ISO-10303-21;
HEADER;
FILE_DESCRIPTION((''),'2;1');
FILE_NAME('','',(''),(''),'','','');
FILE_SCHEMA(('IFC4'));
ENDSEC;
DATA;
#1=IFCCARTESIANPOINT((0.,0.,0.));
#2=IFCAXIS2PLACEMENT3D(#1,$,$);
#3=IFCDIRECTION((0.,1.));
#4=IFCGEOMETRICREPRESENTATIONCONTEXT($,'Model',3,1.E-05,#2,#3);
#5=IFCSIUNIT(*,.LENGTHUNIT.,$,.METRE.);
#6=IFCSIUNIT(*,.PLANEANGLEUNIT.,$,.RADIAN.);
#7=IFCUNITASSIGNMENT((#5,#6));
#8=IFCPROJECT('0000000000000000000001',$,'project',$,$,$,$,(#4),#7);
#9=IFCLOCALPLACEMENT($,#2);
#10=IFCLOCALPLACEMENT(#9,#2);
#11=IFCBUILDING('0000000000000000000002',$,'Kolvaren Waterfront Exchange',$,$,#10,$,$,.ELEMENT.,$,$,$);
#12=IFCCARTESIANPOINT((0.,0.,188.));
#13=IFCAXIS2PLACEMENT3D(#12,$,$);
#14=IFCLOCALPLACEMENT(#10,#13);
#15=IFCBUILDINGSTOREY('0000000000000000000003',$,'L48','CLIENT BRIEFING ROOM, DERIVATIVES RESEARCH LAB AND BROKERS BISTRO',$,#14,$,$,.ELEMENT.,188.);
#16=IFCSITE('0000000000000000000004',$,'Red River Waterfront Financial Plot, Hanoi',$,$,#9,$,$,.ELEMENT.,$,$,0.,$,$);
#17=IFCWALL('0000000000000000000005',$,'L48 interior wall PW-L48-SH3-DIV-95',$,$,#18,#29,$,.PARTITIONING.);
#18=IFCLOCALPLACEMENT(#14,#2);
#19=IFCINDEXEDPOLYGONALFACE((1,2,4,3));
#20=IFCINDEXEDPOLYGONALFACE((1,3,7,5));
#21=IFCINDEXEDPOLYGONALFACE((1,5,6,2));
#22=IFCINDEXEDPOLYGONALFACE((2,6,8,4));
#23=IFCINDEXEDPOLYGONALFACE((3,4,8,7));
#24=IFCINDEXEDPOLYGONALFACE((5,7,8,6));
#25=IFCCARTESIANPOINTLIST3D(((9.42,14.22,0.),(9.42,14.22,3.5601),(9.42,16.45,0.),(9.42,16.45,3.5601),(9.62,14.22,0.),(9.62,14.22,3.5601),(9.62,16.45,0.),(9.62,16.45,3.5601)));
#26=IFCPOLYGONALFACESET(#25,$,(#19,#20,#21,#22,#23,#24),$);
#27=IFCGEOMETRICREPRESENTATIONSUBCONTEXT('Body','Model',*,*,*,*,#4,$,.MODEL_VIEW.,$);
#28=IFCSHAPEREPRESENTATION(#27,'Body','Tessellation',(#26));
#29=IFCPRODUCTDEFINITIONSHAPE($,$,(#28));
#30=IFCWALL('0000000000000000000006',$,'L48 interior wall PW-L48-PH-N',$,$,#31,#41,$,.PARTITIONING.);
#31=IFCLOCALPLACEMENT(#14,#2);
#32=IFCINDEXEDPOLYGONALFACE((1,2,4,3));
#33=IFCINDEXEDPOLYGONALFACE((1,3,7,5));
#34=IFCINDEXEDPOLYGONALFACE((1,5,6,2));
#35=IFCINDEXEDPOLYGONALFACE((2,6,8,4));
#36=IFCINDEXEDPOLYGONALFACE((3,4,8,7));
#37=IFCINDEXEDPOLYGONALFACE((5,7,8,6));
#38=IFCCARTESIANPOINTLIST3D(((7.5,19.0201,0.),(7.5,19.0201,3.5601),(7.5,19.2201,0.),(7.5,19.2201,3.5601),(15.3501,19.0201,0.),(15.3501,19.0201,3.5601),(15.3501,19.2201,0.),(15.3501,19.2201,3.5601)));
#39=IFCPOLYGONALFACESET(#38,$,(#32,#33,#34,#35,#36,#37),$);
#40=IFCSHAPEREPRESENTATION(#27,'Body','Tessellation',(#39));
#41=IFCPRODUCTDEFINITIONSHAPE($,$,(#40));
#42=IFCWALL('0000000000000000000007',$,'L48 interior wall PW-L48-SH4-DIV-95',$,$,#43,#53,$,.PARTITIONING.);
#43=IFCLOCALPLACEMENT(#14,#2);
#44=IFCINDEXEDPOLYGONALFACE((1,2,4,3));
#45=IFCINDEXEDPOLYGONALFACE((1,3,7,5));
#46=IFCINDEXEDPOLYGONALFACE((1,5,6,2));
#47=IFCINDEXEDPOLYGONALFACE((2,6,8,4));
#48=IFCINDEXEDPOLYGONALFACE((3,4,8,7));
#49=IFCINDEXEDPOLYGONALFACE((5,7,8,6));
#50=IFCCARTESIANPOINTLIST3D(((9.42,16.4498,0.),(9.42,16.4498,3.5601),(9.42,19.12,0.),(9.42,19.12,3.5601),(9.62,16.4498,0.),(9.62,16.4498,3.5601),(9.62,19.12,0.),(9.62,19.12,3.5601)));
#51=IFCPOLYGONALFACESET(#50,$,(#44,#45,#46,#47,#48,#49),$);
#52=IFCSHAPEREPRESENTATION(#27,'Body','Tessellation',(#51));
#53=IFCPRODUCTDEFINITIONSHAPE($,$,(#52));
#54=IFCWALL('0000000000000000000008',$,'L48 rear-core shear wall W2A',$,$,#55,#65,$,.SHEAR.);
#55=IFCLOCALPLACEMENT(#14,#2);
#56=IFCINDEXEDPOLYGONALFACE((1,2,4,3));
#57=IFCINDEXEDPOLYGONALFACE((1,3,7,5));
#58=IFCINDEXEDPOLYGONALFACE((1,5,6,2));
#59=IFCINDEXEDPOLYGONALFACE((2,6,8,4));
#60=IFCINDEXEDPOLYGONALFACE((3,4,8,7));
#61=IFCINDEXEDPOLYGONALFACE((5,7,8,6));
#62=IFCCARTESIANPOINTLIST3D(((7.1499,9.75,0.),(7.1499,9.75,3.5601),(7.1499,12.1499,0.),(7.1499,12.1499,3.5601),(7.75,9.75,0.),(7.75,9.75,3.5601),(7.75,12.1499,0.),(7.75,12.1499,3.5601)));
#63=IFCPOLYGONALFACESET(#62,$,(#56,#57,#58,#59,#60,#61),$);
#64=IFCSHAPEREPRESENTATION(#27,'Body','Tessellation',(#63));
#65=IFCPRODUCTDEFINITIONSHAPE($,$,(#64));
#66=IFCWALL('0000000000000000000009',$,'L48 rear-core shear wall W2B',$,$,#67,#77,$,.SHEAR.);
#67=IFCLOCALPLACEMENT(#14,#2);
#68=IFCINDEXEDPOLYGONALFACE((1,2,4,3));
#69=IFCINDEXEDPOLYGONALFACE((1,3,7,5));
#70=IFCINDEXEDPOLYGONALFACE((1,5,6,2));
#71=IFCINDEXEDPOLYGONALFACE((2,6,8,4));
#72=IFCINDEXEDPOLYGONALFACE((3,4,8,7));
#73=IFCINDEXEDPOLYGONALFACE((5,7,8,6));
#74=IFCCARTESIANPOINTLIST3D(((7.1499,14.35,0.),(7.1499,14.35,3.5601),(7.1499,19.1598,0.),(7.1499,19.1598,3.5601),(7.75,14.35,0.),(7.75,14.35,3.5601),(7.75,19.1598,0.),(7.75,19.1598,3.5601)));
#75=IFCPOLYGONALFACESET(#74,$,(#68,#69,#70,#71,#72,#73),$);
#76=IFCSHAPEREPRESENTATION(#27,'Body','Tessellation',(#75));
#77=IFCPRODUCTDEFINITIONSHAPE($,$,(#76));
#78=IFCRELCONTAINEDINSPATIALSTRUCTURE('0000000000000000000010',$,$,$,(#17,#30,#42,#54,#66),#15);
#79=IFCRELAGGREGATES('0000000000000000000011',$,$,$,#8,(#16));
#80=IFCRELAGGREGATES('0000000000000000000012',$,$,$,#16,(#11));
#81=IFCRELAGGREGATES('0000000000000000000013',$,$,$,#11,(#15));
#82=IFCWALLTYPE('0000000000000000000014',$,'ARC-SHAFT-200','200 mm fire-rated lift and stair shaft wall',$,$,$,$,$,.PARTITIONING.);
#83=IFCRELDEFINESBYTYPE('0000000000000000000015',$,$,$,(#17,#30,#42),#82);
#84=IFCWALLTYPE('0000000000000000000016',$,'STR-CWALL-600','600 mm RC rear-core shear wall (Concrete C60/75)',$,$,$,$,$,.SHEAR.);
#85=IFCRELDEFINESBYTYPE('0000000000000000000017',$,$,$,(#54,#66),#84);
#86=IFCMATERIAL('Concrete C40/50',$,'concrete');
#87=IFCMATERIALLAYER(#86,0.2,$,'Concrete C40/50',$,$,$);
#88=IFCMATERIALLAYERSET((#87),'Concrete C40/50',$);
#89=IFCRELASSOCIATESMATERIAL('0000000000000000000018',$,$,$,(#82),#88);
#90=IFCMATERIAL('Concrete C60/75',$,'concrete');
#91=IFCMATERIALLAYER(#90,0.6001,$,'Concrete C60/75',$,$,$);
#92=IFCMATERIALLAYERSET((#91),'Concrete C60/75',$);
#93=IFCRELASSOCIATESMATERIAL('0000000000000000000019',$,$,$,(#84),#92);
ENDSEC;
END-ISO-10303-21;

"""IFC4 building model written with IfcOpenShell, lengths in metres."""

from ifc_helpers import new_model, si_unit, direction, frame, frame_2d, origin, place, context, subcontext, project, spatial, rectangle, extrude, material, layer, layer_set, type_object, element, save


model = new_model("IFC4")

# Units and contexts
model_context = context("Model", 3, precision=1e-05, world=origin(), true_north=direction((0.0, 1.0)))
body_context = subcontext(model_context, "Body", "Model", "MODEL_VIEW")
ifc_project = project(units=[si_unit("LENGTHUNIT", "METRE"), si_unit("PLANEANGLEUNIT", "RADIAN")], contexts=[model_context])

# Site, building, storey
site_placement = place(None, origin())
site = spatial("IfcSite", under=ifc_project, at=site_placement, Name="Red River Waterfront Financial Plot, Hanoi", CompositionType="ELEMENT", RefElevation=0.0)
building_placement = place(site_placement, origin())
building = spatial("IfcBuilding", under=site, at=building_placement, Name="Kolvaren Waterfront Exchange", CompositionType="ELEMENT")
storey_placement = place(building_placement, frame((0.0, 0.0, 188.0)))
storey = spatial("IfcBuildingStorey", under=building, at=storey_placement, Name="L48", Description="CLIENT BRIEFING ROOM, DERIVATIVES RESEARCH LAB AND BROKERS BISTRO", CompositionType="ELEMENT", Elevation=188.0)

# Shared definitions
ifc_material_1 = material(Name="Concrete C60/75", Category="concrete")

# Shared definitions
ifc_material_2 = material(Name="Concrete C40/50", Category="concrete")
ifc_layer_1 = layer(ifc_material_2, 0.2, Name="Concrete C40/50")
ifc_layer_set_1 = layer_set([ifc_layer_1], Name="Concrete C40/50")
wall_type_1 = type_object("IfcWallType", Name="ARC-SHAFT-200", Description="200 mm fire-rated lift and stair shaft wall", PredefinedType="PARTITIONING", material=ifc_layer_set_1)

# Walls
wall_1_placement = place(storey_placement, frame((9.52, 14.22, 0.0), z_axis=(0.0, 0.0, 1.0), x_axis=(0.0, 1.0, 0.0)))
element("IfcWall", 1, at=wall_1_placement, inside=storey, type_object=wall_type_1, Name="L48 interior wall PW-L48-SH3-DIV-95", PredefinedType="PARTITIONING", context=body_context, shape_type="SweptSolid", body=[
    extrude(rectangle(XDim=2.23, YDim=0.2, at=frame_2d((1.115, 0.0))), origin(), (0.0, 0.0, 1.0), 3.5601),
])
wall_2_placement = place(storey_placement, frame((7.5, 19.1201, 0.0), z_axis=(0.0, 0.0, 1.0), x_axis=(1.0, 0.0, 0.0)))
element("IfcWall", 2, at=wall_2_placement, inside=storey, type_object=wall_type_1, Name="L48 interior wall PW-L48-PH-N", PredefinedType="PARTITIONING", context=body_context, shape_type="SweptSolid", body=[
    extrude(rectangle(XDim=7.8501, YDim=0.2, at=frame_2d((3.925, 0.0))), origin(), (0.0, 0.0, 1.0), 3.5601),
])
wall_3_placement = place(storey_placement, frame((9.52, 16.45, 0.0), z_axis=(0.0, 0.0, 1.0), x_axis=(0.0, 1.0, 0.0)))
element("IfcWall", 3, at=wall_3_placement, inside=storey, type_object=wall_type_1, Name="L48 interior wall PW-L48-SH4-DIV-95", PredefinedType="PARTITIONING", context=body_context, shape_type="SweptSolid", body=[
    extrude(rectangle(XDim=2.6702, YDim=0.2, at=frame_2d((1.335, 0.0))), origin(), (0.0, 0.0, 1.0), 3.5601),
])
ifc_layer_2 = layer(ifc_material_1, 0.6001, Name="Concrete C60/75")
ifc_layer_set_2 = layer_set([ifc_layer_2], Name="Concrete C60/75")
wall_type_2 = type_object("IfcWallType", Name="STR-CWALL-600", Description="600 mm RC rear-core shear wall (Concrete C60/75)", PredefinedType="SHEAR", material=ifc_layer_set_2)
wall_4_placement = place(storey_placement, frame((7.45, 9.75, 0.0), z_axis=(0.0, 0.0, 1.0), x_axis=(0.0, 1.0, 0.0)))
element("IfcWall", 4, at=wall_4_placement, inside=storey, type_object=wall_type_2, Name="L48 rear-core shear wall W2A", PredefinedType="SHEAR", context=body_context, shape_type="SweptSolid", body=[
    extrude(rectangle(XDim=2.3999, YDim=0.6001, at=frame_2d((1.2, 0.0))), origin(), (0.0, 0.0, 1.0), 3.5601),
])
wall_5_placement = place(storey_placement, frame((7.45, 14.3501, 0.0), z_axis=(0.0, 0.0, 1.0), x_axis=(0.0, 1.0, 0.0)))
element("IfcWall", 5, at=wall_5_placement, inside=storey, type_object=wall_type_2, Name="L48 rear-core shear wall W2B", PredefinedType="SHEAR", context=body_context, shape_type="SweptSolid", body=[
    extrude(rectangle(XDim=4.8098, YDim=0.6001, at=frame_2d((2.4048, 0.0))), origin(), (0.0, 0.0, 1.0), 3.5601),
])

save(model, "model.ifc")
